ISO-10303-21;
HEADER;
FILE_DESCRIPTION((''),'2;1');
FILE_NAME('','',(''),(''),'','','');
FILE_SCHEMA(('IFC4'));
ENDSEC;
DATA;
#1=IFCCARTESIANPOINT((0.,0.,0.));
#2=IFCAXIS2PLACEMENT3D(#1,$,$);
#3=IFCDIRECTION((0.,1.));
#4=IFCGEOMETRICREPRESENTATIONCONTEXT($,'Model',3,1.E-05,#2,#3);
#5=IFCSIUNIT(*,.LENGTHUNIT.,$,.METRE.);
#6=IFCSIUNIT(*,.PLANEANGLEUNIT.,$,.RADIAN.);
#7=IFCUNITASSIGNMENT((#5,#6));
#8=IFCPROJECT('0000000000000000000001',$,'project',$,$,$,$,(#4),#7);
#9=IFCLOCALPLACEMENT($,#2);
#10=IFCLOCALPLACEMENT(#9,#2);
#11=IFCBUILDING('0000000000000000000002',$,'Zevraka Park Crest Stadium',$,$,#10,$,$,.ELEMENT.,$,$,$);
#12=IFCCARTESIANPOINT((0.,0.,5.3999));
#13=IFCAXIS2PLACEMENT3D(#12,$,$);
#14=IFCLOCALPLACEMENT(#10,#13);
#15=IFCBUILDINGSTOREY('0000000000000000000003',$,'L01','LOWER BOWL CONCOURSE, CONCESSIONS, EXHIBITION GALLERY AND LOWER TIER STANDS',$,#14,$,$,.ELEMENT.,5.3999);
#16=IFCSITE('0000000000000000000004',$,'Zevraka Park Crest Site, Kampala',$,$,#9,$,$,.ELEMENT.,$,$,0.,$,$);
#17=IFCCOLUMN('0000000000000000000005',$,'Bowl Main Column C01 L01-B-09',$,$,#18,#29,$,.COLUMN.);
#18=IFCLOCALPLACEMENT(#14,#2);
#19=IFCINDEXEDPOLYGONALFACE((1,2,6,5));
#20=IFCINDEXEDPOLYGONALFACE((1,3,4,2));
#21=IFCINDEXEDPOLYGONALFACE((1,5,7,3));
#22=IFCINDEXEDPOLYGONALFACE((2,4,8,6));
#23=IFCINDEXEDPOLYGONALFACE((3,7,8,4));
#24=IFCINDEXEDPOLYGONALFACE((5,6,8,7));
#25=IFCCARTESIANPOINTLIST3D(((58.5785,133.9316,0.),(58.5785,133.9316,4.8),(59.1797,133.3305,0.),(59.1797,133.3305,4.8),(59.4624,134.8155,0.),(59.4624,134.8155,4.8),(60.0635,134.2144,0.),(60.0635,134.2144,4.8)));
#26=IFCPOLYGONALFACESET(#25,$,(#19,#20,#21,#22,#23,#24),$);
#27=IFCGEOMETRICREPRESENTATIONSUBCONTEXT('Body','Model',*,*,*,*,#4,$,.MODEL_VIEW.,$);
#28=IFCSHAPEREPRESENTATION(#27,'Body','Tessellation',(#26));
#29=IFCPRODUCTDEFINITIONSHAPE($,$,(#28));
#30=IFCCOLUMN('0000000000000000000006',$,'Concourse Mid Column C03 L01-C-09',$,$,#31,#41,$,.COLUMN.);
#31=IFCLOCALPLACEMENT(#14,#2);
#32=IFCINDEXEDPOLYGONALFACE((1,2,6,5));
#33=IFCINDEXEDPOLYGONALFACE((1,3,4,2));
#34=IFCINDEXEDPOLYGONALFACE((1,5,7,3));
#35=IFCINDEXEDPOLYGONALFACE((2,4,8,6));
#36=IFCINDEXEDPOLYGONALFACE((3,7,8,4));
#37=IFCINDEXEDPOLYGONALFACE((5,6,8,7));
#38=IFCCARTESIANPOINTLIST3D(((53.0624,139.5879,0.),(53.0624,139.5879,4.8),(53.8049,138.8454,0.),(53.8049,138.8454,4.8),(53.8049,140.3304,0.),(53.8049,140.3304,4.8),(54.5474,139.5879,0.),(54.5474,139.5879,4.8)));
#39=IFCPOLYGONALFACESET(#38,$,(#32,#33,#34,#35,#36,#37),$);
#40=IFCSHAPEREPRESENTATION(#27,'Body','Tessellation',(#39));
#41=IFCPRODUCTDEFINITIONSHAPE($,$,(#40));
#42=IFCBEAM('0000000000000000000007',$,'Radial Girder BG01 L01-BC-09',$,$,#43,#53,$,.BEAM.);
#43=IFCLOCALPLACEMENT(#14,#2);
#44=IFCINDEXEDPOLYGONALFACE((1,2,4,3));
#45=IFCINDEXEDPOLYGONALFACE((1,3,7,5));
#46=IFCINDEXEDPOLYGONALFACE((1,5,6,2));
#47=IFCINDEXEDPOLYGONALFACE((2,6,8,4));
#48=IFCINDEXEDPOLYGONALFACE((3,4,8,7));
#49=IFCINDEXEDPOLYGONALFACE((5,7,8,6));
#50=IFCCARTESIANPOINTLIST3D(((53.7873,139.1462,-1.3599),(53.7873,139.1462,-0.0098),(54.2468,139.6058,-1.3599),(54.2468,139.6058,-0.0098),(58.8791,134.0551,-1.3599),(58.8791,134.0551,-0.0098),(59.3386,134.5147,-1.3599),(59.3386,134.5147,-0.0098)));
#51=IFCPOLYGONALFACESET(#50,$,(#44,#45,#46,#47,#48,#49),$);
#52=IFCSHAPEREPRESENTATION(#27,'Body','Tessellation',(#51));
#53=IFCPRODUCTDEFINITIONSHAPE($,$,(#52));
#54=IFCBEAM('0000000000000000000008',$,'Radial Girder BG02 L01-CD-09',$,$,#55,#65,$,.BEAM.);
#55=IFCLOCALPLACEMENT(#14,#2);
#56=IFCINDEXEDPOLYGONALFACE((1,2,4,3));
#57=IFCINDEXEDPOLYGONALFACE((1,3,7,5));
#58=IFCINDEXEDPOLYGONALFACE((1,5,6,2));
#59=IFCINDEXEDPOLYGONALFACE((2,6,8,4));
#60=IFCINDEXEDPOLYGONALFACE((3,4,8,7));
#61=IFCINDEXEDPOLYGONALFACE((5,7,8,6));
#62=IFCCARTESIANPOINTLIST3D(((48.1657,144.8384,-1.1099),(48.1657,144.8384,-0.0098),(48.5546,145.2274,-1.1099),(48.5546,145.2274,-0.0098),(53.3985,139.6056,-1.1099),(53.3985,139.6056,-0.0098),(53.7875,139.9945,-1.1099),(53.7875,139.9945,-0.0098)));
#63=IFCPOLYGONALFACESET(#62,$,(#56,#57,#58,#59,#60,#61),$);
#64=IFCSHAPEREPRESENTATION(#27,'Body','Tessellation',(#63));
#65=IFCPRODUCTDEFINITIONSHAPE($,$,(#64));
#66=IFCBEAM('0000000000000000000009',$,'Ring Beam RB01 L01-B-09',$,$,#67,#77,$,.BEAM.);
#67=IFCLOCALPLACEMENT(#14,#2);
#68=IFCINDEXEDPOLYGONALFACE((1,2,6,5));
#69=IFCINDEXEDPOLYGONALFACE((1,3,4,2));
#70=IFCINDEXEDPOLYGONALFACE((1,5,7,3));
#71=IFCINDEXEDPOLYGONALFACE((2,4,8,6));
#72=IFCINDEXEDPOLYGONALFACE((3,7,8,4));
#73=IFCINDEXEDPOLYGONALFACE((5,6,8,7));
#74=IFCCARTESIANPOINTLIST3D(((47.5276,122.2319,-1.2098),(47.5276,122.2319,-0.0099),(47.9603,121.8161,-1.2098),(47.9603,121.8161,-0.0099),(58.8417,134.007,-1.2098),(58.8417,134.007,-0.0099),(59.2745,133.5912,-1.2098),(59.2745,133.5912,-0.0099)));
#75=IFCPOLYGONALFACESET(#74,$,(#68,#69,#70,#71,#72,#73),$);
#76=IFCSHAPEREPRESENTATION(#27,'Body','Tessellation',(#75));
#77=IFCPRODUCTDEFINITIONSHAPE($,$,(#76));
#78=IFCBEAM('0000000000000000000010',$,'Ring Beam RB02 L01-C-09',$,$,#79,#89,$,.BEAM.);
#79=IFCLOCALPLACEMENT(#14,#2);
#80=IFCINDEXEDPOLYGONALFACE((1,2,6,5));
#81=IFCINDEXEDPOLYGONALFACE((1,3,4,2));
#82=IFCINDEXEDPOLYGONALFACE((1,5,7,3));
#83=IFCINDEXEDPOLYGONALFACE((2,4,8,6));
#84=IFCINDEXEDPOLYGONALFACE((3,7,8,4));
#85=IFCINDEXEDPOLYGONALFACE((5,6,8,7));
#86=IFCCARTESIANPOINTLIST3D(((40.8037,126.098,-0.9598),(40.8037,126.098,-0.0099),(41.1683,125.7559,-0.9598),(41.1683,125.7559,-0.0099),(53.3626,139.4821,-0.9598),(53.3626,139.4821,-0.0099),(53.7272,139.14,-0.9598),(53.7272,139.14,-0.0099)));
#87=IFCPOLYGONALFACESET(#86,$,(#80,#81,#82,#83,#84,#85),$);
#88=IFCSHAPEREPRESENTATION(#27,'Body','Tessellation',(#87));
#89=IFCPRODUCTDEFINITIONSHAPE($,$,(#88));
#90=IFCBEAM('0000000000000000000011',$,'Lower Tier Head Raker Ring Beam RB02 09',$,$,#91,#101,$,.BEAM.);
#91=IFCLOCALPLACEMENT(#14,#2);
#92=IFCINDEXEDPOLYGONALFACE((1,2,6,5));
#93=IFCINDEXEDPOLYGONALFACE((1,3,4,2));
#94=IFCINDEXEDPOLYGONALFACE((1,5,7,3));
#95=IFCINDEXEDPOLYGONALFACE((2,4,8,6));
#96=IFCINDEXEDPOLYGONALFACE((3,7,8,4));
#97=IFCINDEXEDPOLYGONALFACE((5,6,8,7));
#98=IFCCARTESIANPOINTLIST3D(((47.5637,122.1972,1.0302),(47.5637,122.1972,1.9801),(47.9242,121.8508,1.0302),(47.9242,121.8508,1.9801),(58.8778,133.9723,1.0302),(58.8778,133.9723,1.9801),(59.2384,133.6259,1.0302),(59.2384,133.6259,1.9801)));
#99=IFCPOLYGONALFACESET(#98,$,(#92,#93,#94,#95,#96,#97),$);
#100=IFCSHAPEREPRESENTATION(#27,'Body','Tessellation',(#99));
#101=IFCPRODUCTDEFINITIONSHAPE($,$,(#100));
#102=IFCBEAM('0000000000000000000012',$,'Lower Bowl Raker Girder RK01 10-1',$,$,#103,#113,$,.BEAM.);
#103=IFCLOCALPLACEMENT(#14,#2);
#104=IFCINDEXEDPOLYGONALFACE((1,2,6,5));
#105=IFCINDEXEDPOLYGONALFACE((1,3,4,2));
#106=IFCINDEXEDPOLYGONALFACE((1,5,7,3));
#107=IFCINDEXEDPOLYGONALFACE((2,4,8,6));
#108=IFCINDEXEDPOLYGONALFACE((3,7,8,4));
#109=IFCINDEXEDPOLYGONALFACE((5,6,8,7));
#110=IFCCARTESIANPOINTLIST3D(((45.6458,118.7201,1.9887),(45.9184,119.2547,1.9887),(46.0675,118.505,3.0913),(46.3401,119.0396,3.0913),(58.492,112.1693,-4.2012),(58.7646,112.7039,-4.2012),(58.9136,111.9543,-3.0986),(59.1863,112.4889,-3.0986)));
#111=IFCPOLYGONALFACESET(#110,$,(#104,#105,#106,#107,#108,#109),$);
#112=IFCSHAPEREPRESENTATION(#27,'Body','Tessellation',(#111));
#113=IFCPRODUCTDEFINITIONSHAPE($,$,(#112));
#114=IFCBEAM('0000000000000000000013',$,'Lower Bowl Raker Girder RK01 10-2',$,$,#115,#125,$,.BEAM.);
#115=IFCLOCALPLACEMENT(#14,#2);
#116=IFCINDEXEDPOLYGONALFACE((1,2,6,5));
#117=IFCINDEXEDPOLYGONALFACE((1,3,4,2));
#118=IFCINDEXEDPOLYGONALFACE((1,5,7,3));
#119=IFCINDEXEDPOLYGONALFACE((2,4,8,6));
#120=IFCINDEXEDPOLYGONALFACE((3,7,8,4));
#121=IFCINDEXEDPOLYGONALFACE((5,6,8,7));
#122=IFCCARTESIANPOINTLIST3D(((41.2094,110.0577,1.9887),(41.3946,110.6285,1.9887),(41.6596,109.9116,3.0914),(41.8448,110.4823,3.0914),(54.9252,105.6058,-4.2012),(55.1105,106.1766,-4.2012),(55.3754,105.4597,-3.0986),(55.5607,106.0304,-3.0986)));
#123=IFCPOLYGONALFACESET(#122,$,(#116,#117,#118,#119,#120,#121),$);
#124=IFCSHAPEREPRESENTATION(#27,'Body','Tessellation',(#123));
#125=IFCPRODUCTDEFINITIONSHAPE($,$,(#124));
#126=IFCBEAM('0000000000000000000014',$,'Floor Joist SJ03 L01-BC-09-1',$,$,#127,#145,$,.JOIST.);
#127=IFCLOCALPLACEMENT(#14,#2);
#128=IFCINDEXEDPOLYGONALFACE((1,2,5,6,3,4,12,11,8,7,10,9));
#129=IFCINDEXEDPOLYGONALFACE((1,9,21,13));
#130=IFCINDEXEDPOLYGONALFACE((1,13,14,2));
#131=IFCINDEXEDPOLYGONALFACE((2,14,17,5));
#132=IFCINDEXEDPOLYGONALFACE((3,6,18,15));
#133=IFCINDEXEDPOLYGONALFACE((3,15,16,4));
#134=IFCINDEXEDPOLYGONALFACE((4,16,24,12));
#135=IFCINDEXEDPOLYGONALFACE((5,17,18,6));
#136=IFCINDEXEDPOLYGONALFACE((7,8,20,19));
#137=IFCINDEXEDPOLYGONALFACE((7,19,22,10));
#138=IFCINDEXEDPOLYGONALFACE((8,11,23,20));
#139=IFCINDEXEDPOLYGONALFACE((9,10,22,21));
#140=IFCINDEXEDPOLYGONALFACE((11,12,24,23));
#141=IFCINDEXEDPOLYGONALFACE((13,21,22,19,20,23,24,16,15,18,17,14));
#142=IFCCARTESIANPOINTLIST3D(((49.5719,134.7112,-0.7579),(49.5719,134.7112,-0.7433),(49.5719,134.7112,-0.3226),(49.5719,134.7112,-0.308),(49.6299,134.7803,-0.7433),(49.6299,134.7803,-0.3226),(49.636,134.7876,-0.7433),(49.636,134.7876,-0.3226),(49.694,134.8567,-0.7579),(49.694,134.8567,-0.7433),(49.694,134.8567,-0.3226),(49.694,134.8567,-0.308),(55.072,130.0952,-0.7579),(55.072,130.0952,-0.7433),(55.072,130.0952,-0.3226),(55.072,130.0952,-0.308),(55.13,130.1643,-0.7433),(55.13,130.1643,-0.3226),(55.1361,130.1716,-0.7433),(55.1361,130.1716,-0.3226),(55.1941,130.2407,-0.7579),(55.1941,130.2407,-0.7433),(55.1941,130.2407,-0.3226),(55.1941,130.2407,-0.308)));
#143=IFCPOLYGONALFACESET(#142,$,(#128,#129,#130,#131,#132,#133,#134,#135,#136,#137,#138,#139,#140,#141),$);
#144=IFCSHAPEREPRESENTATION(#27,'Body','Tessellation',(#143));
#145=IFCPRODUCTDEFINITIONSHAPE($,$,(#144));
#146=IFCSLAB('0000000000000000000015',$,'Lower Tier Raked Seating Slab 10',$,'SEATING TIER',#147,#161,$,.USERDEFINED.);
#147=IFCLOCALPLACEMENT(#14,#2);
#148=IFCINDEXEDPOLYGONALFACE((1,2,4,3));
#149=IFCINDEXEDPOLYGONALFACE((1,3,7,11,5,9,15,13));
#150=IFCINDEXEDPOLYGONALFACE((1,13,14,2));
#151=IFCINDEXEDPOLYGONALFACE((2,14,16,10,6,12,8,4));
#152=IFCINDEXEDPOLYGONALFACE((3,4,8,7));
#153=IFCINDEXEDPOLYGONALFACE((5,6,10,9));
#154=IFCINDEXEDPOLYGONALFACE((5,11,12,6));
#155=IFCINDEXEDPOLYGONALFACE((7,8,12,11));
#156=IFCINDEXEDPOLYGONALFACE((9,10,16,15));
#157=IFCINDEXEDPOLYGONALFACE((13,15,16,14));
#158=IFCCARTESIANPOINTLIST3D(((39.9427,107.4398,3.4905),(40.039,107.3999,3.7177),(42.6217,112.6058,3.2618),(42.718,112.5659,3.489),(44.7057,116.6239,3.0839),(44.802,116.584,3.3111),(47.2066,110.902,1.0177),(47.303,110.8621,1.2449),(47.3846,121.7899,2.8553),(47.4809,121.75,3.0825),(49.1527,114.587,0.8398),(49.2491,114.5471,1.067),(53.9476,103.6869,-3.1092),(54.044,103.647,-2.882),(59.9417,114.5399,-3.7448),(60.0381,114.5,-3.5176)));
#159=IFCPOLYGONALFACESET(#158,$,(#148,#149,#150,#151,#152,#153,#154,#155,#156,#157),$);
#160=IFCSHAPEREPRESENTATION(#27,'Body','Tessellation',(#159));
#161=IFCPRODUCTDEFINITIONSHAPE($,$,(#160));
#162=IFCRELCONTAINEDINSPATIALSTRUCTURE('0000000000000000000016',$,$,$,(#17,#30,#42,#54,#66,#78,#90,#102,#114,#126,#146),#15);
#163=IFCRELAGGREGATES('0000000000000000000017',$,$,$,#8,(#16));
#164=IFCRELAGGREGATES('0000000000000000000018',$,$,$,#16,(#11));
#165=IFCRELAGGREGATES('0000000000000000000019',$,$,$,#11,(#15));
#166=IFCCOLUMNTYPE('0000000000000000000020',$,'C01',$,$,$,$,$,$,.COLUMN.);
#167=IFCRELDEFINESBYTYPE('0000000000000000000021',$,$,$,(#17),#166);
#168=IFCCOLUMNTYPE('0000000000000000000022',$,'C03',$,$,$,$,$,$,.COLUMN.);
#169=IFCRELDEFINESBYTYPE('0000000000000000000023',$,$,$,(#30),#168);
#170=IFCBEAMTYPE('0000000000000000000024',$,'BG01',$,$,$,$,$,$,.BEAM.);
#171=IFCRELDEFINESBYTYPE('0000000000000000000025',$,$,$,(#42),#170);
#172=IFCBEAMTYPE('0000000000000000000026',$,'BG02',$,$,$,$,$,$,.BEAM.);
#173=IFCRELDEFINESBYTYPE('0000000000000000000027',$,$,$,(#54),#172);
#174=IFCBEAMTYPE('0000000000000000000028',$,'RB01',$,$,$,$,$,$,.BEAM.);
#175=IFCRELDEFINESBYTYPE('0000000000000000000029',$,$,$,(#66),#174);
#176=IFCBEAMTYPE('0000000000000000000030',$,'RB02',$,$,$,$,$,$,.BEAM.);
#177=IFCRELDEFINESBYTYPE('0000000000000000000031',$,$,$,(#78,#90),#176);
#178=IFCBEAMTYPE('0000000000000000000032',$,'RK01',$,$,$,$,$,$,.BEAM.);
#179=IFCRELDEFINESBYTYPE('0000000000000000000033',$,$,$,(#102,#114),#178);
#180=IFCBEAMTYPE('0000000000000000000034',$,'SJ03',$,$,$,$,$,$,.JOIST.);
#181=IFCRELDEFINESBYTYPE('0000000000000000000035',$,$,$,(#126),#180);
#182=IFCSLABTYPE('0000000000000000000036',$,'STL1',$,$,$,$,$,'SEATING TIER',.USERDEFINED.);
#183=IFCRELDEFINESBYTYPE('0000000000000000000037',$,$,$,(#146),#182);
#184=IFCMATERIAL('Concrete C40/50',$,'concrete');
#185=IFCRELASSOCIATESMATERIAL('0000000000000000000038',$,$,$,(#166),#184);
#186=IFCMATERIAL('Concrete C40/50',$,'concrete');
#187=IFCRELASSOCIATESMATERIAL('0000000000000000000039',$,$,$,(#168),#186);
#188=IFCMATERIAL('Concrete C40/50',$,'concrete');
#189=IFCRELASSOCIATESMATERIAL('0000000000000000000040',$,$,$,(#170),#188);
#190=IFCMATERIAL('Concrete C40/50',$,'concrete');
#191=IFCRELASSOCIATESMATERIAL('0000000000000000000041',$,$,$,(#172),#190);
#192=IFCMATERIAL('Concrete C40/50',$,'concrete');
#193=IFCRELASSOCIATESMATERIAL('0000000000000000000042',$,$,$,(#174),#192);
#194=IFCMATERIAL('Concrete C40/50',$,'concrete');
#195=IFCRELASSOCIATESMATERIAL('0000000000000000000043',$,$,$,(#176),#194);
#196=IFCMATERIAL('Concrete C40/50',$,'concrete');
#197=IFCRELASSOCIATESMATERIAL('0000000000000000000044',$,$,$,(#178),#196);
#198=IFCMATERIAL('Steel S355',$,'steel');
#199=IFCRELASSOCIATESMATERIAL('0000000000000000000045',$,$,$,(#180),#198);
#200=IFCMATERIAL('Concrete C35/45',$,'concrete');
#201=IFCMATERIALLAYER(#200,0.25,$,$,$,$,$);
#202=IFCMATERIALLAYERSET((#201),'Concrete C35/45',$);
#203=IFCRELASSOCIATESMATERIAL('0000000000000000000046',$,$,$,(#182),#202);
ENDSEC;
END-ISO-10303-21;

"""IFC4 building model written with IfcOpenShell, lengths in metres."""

from ifc_helpers import new_model, si_unit, direction, frame, origin, origin_2d, place, context, subcontext, project, spatial, polyline, rectangle, i_section, outline, extrude, material, layer, layer_set, material_profile, profile_set, type_object, element, save


model = new_model("IFC4")

# Units and contexts
model_context = context("Model", 3, precision=1e-05, world=origin(), true_north=direction((0.0, 1.0)))
body_context = subcontext(model_context, "Body", "Model", "MODEL_VIEW")
ifc_project = project(units=[si_unit("LENGTHUNIT", "METRE"), si_unit("PLANEANGLEUNIT", "RADIAN")], contexts=[model_context])

# Site, building, storey
site_placement = place(None, origin())
site = spatial("IfcSite", under=ifc_project, at=site_placement, Name="Zevraka Park Crest Site, Kampala", CompositionType="ELEMENT", RefElevation=0.0)
building_placement = place(site_placement, origin())
building = spatial("IfcBuilding", under=site, at=building_placement, Name="Zevraka Park Crest Stadium", CompositionType="ELEMENT")
storey_placement = place(building_placement, frame((0.0, 0.0, 5.3999)))
storey = spatial("IfcBuildingStorey", under=building, at=storey_placement, Name="L01", Description="LOWER BOWL CONCOURSE, CONCESSIONS, EXHIBITION GALLERY AND LOWER TIER STANDS", CompositionType="ELEMENT", Elevation=5.3999)

# Columns
ifc_material_1 = material(Name="Concrete C40/50", Category="concrete")
ifc_material_profile_1 = material_profile(ifc_material_1, rectangle(XDim=0.8501, YDim=1.25, at=origin_2d()), Name="RC 1250x850")
ifc_profile_set_1 = profile_set([ifc_material_profile_1], Name="Concrete C40/50")
column_type_1 = type_object("IfcColumnType", Name="C01", PredefinedType="COLUMN", material=ifc_profile_set_1)
column_1_placement = place(storey_placement, frame((59.321, 134.073, 0.0), z_axis=(0.0, 0.0, 1.0), x_axis=(-0.707107, 0.707107, 0.0)))
element("IfcColumn", 1, at=column_1_placement, inside=storey, type_object=column_type_1, Name="Bowl Main Column C01 L01-B-09", PredefinedType="COLUMN", context=body_context, shape_type="SweptSolid", body=[
    extrude(rectangle(XDim=0.8501, YDim=1.25, at=origin_2d()), origin(), (0.0, 0.0, 1.0), 4.8),
])
ifc_material_2 = material(Name="Concrete C40/50", Category="concrete")
ifc_material_profile_2 = material_profile(ifc_material_2, rectangle(XDim=1.05, YDim=1.05, at=origin_2d()), Name="RC 1050x1050")
ifc_profile_set_2 = profile_set([ifc_material_profile_2], Name="Concrete C40/50")
column_type_2 = type_object("IfcColumnType", Name="C03", PredefinedType="COLUMN", material=ifc_profile_set_2)
column_2_placement = place(storey_placement, frame((53.8049, 139.5879, 0.0), z_axis=(0.0, 0.0, 1.0), x_axis=(-0.707107, 0.707107, 0.0)))
element("IfcColumn", 2, at=column_2_placement, inside=storey, type_object=column_type_2, Name="Concourse Mid Column C03 L01-C-09", PredefinedType="COLUMN", context=body_context, shape_type="SweptSolid", body=[
    extrude(rectangle(XDim=1.05, YDim=1.05, at=origin_2d()), origin(), (0.0, 0.0, 1.0), 4.8),
])

# Beams
ifc_material_3 = material(Name="Concrete C40/50", Category="concrete")
ifc_material_profile_3 = material_profile(ifc_material_3, rectangle(XDim=0.6499, YDim=1.3501, at=origin_2d()), Name="RC 1350x650")
ifc_profile_set_3 = profile_set([ifc_material_profile_3], Name="Concrete C40/50")
beam_type_1 = type_object("IfcBeamType", Name="BG01", PredefinedType="BEAM", material=ifc_profile_set_3)
beam_1_placement = place(storey_placement, frame((59.1089, 134.2849, -0.6848), z_axis=(-0.707158, 0.707056, 0.0), x_axis=(-0.707056, -0.707158, 0.0)))
element("IfcBeam", 3, at=beam_1_placement, inside=storey, type_object=beam_type_1, Name="Radial Girder BG01 L01-BC-09", PredefinedType="BEAM", context=body_context, shape_type="SweptSolid", body=[
    extrude(rectangle(XDim=0.6499, YDim=1.3501, at=origin_2d()), origin(), (0.0, 0.0, 1.0), 7.2004),
])
ifc_material_4 = material(Name="Concrete C40/50", Category="concrete")
ifc_material_profile_4 = material_profile(ifc_material_4, rectangle(XDim=0.55, YDim=1.1001, at=origin_2d()), Name="RC 1100x550")
ifc_profile_set_4 = profile_set([ifc_material_profile_4], Name="Concrete C40/50")
beam_type_2 = type_object("IfcBeamType", Name="BG02", PredefinedType="BEAM", material=ifc_profile_set_4)
beam_2_placement = place(storey_placement, frame((53.593, 139.8, -0.5598), z_axis=(-0.707107, 0.707107, 0.0), x_axis=(-0.707107, -0.707107, 0.0)))
element("IfcBeam", 4, at=beam_2_placement, inside=storey, type_object=beam_type_2, Name="Radial Girder BG02 L01-CD-09", PredefinedType="BEAM", context=body_context, shape_type="SweptSolid", body=[
    extrude(rectangle(XDim=0.55, YDim=1.1001, at=origin_2d()), origin(), (0.0, 0.0, 1.0), 7.4004),
])
ifc_material_5 = material(Name="Concrete C40/50", Category="concrete")
ifc_material_profile_5 = material_profile(ifc_material_5, rectangle(XDim=0.6001, YDim=1.2, at=origin_2d()), Name="RC 1200x600")
ifc_profile_set_5 = profile_set([ifc_material_profile_5], Name="Concrete C40/50")
beam_type_3 = type_object("IfcBeamType", Name="RB01", PredefinedType="BEAM", material=ifc_profile_set_5)
beam_3_placement = place(storey_placement, frame((59.0581, 133.7991, -0.6099), z_axis=(-0.692853, -0.721079, 0.0), x_axis=(0.721079, -0.692853, 0.0)))
element("IfcBeam", 5, at=beam_3_placement, inside=storey, type_object=beam_type_3, Name="Ring Beam RB01 L01-B-09", PredefinedType="BEAM", context=body_context, shape_type="SweptSolid", body=[
    extrude(rectangle(XDim=0.6001, YDim=1.2, at=origin_2d()), origin(), (0.0, 0.0, 1.0), 16.3298),
])
ifc_material_6 = material(Name="Concrete C40/50", Category="concrete")
ifc_material_profile_6 = material_profile(ifc_material_6, rectangle(XDim=0.5, YDim=0.95, at=origin_2d()), Name="RC 950x500")
ifc_profile_set_6 = profile_set([ifc_material_profile_6], Name="Concrete C40/50")
beam_type_4 = type_object("IfcBeamType", Name="RB02", PredefinedType="BEAM", material=ifc_profile_set_6)
beam_4_placement = place(storey_placement, frame((53.5449, 139.311, -0.4849), z_axis=(-0.684269, -0.72923, 0.0), x_axis=(0.72923, -0.684269, 0.0)))
element("IfcBeam", 6, at=beam_4_placement, inside=storey, type_object=beam_type_4, Name="Ring Beam RB02 L01-C-09", PredefinedType="BEAM", context=body_context, shape_type="SweptSolid", body=[
    extrude(rectangle(XDim=0.5, YDim=0.95, at=origin_2d()), origin(), (0.0, 0.0, 1.0), 18.3538),
])
beam_5_placement = place(storey_placement, frame((59.0581, 133.7991, 1.5051), z_axis=(-0.692853, -0.721079, 0.0), x_axis=(0.721079, -0.692853, 0.0)))
element("IfcBeam", 7, at=beam_5_placement, inside=storey, type_object=beam_type_4, Name="Lower Tier Head Raker Ring Beam RB02 09", PredefinedType="BEAM", context=body_context, shape_type="SweptSolid", body=[
    extrude(rectangle(XDim=0.5, YDim=0.95, at=origin_2d()), origin(), (0.0, 0.0, 1.0), 16.3298),
])
ifc_material_7 = material(Name="Concrete C40/50", Category="concrete")
ifc_material_profile_7 = material_profile(ifc_material_7, rectangle(XDim=0.6001, YDim=1.2, at=origin_2d()), Name="RC 1200x600")
ifc_profile_set_7 = profile_set([ifc_material_profile_7], Name="Concrete C40/50")
beam_type_5 = type_object("IfcBeamType", Name="RK01", PredefinedType="BEAM", material=ifc_profile_set_7)
beam_6_placement = place(storey_placement, frame((58.8391, 112.3291, -3.6499), z_axis=(-0.818623, 0.417448, 0.394454), x_axis=(-0.454283, -0.890857, 0.0)))
element("IfcBeam", 8, at=beam_6_placement, inside=storey, type_object=beam_type_5, Name="Lower Bowl Raker Girder RK01 10-1", PredefinedType="BEAM", context=body_context, shape_type="SweptSolid", body=[
    extrude(rectangle(XDim=0.6001, YDim=1.2, at=origin_2d()), origin(), (0.0, 0.0, 1.0), 15.6924),
])
beam_7_placement = place(storey_placement, frame((55.2429, 105.8181, -3.6499), z_axis=(-0.87403, 0.283694, 0.394449), x_axis=(-0.308726, -0.951151, 0.0)))
element("IfcBeam", 9, at=beam_7_placement, inside=storey, type_object=beam_type_5, Name="Lower Bowl Raker Girder RK01 10-2", PredefinedType="BEAM", context=body_context, shape_type="SweptSolid", body=[
    extrude(rectangle(XDim=0.6001, YDim=1.2, at=origin_2d()), origin(), (0.0, 0.0, 1.0), 15.6926),
])
ifc_material_8 = material(Name="Steel S355", Category="steel")
ifc_material_profile_8 = material_profile(ifc_material_8, i_section(OverallWidth=0.1899, OverallDepth=0.45, WebThickness=0.0095, FlangeThickness=0.0146, at=origin_2d()), Name="IPE 450")
ifc_profile_set_8 = profile_set([ifc_material_profile_8], Name="Steel S355")
beam_type_6 = type_object("IfcBeamType", Name="SJ03", PredefinedType="JOIST", material=ifc_profile_set_8)
beam_8_placement = place(storey_placement, frame((55.1331, 130.168, -0.533), z_axis=(-0.765981, 0.642863, 0.0), x_axis=(-0.642863, -0.765981, 0.0)))
element("IfcBeam", 10, at=beam_8_placement, inside=storey, type_object=beam_type_6, Name="Floor Joist SJ03 L01-BC-09-1", PredefinedType="JOIST", context=body_context, shape_type="SweptSolid", body=[
    extrude(i_section(OverallWidth=0.1899, OverallDepth=0.45, WebThickness=0.0095, FlangeThickness=0.0146, at=origin_2d()), origin(), (0.0, 0.0, 1.0), 7.1804),
])

# Slab
ifc_material_9 = material(Name="Concrete C35/45", Category="concrete")
ifc_layer_1 = layer(ifc_material_9, 0.25)
ifc_layer_set_1 = layer_set([ifc_layer_1], Name="Concrete C35/45")
slab_type = type_object("IfcSlabType", Name="STL1", ElementType="SEATING TIER", PredefinedType="USERDEFINED", material=ifc_layer_set_1)
slab_placement = place(storey_placement, frame((60.0381, 114.5, -3.5176), z_axis=(0.385474, -0.159679, 0.908797), x_axis=(-0.482829, -0.874217, 0.051193)))
element("IfcSlab", 11, at=slab_placement, inside=storey, type_object=slab_type, Name="Lower Tier Raked Seating Slab 10", ObjectType="SEATING TIER", PredefinedType="USERDEFINED", context=body_context, shape_type="SweptSolid", body=[
    extrude(outline(polyline([(0.0, 0.0), (12.4146, 0.0), (16.2335, -15.4659), (10.4121, -15.6335), (9.573, -10.3177), (5.4028, -10.4035), (5.8842, -15.7635), (0.0628, -15.9311), (0.0, 0.0)])), origin(), (0.0, 0.0, -1.0), 0.25),
])

save(model, "model.ifc")
